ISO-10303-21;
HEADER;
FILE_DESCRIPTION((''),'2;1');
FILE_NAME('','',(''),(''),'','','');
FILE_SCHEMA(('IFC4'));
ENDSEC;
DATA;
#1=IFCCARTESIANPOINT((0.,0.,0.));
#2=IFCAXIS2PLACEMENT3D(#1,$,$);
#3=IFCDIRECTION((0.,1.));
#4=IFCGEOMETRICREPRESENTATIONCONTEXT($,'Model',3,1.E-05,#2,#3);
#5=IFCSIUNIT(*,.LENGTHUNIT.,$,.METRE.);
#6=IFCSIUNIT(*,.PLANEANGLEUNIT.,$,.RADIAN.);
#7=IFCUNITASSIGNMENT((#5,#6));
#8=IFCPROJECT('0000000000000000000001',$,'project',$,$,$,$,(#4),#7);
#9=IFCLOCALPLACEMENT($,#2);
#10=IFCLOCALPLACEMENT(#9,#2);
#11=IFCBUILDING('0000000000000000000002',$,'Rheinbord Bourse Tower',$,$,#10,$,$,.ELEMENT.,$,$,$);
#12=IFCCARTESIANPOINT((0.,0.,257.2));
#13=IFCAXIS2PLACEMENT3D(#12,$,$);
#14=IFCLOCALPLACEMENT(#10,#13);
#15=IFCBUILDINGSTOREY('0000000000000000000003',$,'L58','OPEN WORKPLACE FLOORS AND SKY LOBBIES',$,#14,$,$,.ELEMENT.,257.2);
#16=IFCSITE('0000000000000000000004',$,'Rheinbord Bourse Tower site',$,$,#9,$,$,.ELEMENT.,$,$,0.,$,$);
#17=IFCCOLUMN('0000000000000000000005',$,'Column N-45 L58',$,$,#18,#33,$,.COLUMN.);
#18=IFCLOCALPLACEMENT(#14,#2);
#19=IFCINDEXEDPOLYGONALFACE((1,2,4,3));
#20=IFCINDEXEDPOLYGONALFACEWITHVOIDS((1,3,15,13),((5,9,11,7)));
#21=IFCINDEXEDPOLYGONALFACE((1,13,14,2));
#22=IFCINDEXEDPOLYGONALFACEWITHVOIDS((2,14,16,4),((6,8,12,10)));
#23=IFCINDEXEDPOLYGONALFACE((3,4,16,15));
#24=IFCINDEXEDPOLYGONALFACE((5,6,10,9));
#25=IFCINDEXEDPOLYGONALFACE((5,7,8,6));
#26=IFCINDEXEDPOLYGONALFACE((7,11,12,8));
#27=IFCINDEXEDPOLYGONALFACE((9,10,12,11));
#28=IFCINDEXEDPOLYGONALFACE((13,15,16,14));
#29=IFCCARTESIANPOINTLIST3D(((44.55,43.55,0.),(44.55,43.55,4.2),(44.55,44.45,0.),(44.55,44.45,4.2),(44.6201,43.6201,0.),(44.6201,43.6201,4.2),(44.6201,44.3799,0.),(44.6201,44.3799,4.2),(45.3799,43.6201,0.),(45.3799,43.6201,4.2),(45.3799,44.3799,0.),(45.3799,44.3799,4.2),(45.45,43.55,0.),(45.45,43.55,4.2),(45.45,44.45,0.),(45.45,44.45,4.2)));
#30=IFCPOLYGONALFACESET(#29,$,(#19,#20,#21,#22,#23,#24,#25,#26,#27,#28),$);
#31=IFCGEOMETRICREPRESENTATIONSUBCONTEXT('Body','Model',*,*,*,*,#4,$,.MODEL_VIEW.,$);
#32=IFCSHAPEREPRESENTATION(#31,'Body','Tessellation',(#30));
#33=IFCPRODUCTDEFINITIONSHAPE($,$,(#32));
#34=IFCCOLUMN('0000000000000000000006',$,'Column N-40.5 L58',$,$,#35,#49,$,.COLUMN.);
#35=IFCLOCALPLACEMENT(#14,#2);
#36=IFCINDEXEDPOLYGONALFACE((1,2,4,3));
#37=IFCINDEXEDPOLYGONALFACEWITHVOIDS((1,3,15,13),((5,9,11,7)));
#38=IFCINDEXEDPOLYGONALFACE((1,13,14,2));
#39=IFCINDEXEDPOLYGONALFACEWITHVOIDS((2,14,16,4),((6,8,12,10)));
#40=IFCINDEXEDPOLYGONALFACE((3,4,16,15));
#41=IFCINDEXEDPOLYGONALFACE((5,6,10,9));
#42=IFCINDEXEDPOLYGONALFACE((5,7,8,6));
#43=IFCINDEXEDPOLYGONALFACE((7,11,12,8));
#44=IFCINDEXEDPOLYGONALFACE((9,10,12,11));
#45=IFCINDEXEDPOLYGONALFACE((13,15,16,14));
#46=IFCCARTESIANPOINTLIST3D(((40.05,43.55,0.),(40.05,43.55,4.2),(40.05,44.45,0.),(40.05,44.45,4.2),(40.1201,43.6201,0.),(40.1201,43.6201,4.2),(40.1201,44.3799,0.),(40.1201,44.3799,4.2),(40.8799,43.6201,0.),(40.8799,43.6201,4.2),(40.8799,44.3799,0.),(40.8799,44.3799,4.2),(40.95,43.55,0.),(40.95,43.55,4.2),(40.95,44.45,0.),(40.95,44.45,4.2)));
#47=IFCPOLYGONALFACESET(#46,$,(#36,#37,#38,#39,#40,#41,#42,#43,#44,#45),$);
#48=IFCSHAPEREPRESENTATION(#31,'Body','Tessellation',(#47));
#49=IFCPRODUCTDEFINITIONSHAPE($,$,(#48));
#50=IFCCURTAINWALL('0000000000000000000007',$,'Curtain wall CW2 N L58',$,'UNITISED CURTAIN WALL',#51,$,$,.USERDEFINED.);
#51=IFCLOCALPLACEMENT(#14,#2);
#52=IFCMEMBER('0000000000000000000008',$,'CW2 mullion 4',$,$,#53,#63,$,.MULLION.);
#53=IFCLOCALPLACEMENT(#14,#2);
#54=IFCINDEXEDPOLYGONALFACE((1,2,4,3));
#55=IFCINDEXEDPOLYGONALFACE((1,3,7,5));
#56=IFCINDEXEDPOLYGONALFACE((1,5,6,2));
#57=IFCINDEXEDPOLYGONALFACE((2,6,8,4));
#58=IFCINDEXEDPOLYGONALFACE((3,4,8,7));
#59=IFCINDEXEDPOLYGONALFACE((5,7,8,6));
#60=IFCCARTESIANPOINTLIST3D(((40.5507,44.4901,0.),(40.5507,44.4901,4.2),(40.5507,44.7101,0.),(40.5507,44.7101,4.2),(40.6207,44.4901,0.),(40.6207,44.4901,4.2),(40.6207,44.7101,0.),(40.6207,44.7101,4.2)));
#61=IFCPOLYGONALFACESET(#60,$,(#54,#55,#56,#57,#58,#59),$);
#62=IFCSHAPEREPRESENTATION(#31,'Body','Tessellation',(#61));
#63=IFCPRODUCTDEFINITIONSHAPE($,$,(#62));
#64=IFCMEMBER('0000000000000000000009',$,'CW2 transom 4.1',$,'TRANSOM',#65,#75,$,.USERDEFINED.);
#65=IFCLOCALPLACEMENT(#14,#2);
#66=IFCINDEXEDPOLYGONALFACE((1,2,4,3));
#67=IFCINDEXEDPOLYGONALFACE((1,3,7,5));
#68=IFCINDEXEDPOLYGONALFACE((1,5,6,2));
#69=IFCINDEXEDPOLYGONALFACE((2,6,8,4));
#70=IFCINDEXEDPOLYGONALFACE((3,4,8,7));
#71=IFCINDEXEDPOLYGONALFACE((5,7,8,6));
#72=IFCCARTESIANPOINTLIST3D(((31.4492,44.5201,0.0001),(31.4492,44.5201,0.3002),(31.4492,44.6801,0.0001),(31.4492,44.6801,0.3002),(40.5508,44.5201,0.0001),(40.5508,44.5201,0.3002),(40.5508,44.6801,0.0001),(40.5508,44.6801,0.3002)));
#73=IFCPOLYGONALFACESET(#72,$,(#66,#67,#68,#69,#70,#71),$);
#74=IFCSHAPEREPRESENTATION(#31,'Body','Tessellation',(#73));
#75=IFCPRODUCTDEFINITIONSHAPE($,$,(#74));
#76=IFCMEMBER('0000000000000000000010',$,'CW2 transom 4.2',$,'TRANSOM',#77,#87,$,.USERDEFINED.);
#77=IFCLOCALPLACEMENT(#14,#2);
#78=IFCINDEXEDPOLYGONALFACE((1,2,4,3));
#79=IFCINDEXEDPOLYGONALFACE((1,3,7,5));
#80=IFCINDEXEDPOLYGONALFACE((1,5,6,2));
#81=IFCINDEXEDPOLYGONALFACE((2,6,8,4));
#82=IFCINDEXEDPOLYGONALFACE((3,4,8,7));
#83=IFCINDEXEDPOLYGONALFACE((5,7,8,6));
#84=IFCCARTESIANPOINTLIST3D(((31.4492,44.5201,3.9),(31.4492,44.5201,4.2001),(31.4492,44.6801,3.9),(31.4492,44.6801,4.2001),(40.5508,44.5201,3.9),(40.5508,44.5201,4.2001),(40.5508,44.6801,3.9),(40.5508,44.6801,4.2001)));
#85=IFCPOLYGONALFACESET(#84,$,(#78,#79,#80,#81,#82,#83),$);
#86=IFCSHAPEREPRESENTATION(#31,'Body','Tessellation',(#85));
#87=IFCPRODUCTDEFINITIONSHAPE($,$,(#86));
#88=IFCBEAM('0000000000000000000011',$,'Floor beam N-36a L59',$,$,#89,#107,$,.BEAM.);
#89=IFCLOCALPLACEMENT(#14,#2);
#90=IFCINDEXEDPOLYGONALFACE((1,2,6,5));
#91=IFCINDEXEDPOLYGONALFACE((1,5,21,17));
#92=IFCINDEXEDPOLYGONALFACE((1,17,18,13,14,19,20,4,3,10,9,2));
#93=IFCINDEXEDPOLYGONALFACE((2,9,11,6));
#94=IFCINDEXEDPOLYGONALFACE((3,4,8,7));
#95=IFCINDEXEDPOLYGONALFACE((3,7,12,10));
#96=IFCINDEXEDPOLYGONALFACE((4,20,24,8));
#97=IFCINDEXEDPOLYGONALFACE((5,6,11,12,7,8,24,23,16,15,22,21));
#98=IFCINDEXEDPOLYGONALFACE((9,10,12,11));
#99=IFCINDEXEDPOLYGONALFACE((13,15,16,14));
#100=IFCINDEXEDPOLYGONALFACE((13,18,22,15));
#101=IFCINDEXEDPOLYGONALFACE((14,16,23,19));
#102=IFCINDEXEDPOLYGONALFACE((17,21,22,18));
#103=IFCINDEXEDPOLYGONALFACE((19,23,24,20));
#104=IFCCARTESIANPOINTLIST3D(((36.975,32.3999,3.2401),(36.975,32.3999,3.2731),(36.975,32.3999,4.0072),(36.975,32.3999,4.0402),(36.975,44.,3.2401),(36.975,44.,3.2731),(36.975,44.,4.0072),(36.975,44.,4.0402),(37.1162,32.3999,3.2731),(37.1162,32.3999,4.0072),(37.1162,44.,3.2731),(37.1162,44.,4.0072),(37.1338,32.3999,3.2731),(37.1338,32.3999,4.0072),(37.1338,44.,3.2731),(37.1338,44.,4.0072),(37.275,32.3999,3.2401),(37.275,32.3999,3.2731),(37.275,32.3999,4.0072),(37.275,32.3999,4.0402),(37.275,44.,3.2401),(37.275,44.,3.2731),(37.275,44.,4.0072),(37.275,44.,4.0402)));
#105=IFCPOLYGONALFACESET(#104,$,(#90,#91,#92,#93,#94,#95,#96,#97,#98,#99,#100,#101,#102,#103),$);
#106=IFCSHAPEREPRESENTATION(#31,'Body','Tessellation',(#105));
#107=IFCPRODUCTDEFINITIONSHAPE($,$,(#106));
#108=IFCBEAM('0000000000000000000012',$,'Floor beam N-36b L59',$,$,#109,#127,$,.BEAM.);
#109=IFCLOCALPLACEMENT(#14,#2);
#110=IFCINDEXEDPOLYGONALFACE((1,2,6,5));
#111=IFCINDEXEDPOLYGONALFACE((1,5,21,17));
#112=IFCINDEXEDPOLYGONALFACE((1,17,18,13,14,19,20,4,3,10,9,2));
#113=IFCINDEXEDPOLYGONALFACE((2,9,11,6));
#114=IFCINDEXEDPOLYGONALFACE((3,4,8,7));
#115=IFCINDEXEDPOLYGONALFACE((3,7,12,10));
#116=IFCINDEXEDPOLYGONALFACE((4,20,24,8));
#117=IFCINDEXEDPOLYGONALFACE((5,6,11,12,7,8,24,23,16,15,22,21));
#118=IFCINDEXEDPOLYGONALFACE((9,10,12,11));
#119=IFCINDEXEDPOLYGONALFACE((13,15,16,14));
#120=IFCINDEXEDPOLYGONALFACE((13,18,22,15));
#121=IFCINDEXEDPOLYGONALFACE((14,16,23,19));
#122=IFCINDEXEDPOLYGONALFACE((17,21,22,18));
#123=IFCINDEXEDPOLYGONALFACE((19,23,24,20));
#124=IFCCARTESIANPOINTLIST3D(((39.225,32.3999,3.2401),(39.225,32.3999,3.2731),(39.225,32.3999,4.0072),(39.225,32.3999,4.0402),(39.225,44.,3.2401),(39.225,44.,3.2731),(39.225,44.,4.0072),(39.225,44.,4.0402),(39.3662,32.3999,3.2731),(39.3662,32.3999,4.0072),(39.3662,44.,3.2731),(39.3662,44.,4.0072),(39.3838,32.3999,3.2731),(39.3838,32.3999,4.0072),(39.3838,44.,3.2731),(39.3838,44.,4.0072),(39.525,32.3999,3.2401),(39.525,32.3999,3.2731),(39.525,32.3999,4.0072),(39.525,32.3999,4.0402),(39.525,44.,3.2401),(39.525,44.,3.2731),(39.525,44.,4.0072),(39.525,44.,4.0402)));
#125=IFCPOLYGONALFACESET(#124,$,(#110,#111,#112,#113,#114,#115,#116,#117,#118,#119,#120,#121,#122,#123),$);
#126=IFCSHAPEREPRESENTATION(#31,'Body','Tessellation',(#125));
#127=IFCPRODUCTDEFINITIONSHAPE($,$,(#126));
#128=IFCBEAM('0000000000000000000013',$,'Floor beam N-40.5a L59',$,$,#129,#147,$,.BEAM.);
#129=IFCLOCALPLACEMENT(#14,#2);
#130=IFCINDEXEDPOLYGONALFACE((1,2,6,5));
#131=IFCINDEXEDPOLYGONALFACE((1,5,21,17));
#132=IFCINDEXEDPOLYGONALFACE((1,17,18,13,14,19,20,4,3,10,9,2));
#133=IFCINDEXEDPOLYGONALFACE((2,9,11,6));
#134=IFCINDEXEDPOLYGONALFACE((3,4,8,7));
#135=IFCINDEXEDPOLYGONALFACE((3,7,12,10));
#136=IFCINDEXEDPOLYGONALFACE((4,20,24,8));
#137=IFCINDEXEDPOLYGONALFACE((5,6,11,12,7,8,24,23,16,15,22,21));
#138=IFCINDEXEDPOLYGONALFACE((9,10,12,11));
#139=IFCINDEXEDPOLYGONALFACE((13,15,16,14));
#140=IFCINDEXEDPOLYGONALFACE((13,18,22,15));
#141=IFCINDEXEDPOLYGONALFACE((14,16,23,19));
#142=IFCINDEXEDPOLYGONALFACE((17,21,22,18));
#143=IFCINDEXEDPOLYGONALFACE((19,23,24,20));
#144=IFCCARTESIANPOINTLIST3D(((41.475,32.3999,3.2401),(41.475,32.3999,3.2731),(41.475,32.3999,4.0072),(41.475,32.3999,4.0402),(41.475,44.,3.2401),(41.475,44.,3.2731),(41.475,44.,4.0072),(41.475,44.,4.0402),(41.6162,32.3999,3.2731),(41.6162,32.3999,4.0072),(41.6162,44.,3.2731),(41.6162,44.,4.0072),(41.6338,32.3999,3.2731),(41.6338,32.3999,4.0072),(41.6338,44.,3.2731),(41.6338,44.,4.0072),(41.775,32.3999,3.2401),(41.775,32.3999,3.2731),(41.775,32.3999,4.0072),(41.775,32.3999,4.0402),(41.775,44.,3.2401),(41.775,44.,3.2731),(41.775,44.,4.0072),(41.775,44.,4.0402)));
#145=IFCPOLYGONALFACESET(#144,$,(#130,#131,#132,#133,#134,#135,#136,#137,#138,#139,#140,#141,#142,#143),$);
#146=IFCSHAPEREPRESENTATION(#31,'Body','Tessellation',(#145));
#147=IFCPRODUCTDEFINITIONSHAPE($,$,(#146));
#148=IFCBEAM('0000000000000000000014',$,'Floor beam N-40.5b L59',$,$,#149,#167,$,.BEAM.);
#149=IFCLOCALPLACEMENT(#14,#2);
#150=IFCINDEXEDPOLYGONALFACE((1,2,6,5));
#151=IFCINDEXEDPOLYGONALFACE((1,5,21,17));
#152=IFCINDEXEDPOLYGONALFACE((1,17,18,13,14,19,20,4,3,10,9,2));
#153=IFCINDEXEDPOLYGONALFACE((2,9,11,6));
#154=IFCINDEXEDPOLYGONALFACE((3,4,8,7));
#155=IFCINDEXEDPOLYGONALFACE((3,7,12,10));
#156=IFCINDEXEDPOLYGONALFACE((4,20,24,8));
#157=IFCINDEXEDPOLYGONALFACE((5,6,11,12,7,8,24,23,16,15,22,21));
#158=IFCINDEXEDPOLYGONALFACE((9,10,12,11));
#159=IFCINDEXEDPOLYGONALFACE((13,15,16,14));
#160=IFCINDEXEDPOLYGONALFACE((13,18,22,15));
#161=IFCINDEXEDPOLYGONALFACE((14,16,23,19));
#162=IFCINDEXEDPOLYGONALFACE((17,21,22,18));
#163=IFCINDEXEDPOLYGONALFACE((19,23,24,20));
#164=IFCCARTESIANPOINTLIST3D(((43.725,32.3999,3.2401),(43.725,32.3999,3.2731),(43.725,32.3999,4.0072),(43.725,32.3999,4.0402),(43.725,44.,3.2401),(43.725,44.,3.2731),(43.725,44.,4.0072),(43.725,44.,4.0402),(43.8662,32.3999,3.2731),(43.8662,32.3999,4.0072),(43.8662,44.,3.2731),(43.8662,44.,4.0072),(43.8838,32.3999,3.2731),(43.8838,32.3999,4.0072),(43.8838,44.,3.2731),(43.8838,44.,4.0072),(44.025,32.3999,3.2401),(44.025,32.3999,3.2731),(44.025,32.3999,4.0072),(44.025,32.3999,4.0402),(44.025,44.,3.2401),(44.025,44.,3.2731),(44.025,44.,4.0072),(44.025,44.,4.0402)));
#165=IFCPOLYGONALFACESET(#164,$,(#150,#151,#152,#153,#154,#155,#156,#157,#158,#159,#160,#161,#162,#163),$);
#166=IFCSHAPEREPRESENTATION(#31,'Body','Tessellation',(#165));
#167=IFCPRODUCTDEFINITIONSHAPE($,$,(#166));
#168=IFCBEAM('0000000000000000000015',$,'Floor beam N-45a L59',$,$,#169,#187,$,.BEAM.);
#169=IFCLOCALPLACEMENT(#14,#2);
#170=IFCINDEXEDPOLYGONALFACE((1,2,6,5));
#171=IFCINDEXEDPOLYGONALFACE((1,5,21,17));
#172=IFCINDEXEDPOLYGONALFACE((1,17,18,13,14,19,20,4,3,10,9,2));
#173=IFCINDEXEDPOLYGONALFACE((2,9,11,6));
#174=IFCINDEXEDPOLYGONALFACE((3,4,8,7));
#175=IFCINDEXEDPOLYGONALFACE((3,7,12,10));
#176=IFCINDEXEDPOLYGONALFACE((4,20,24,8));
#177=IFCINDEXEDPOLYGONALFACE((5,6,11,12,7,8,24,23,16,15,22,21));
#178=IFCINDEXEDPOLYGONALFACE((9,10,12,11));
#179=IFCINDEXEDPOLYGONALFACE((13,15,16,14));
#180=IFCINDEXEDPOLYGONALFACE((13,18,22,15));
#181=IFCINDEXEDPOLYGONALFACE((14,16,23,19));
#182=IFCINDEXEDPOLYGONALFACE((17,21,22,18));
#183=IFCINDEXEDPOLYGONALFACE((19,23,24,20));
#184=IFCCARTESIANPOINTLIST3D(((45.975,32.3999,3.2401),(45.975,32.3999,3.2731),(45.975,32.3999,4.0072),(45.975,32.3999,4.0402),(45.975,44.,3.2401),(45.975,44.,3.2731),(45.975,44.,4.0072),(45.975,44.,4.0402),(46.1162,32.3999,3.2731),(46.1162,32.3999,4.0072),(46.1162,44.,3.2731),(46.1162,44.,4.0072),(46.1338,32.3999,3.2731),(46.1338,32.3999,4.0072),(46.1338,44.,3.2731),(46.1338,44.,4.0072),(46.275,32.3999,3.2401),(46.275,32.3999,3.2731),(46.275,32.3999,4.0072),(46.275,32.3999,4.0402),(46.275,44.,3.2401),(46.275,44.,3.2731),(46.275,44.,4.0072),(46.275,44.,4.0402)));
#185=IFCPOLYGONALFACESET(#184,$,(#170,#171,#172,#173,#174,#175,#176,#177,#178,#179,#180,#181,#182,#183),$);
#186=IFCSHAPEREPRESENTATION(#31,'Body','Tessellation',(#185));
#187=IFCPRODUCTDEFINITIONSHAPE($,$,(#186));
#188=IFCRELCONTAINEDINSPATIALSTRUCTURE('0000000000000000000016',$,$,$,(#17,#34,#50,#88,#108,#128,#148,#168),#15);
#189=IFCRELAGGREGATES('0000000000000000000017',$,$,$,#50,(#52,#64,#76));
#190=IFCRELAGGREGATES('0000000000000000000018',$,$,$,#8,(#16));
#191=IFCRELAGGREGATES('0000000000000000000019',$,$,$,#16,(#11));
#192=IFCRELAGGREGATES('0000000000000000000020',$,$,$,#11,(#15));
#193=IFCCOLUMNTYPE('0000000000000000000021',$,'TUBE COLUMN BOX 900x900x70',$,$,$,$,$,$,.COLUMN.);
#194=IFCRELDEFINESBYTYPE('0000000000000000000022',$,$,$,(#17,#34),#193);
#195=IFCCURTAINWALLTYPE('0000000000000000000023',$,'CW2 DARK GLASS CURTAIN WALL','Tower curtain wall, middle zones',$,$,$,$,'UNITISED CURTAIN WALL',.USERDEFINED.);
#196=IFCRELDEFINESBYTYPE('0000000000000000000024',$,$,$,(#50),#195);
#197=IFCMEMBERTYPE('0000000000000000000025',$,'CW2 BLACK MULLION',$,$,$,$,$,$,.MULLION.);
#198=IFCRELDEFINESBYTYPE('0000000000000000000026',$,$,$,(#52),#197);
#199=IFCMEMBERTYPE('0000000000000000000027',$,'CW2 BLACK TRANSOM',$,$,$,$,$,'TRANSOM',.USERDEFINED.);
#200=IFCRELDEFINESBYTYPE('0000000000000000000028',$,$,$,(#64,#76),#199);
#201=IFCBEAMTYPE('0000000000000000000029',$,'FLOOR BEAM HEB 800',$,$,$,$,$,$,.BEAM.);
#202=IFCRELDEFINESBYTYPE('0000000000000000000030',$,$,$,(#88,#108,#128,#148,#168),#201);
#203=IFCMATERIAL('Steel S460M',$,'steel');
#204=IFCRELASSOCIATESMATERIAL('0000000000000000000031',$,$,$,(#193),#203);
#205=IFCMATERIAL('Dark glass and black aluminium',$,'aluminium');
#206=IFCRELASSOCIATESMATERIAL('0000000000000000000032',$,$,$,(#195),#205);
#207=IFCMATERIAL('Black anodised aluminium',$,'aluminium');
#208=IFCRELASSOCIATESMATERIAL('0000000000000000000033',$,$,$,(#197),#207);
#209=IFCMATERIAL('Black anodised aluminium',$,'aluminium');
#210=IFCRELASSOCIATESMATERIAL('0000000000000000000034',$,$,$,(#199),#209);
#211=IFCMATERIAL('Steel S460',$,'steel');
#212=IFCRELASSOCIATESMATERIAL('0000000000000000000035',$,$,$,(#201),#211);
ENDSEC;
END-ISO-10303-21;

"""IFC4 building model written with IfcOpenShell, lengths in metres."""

from ifc_helpers import new_model, si_unit, direction, frame, origin, origin_2d, place, context, subcontext, project, spatial, rectangle, hollow_rectangle, i_section, extrude, material, material_profile, profile_set, type_object, element, aggregate, save


model = new_model("IFC4")

# Units and contexts
model_context = context("Model", 3, precision=1e-05, world=origin(), true_north=direction((0.0, 1.0)))
body_context = subcontext(model_context, "Body", "Model", "MODEL_VIEW")
ifc_project = project(units=[si_unit("LENGTHUNIT", "METRE"), si_unit("PLANEANGLEUNIT", "RADIAN")], contexts=[model_context])

# Site, building, storey
site_placement = place(None, origin())
site = spatial("IfcSite", under=ifc_project, at=site_placement, Name="Rheinbord Bourse Tower site", CompositionType="ELEMENT", RefElevation=0.0)
building_placement = place(site_placement, origin())
building = spatial("IfcBuilding", under=site, at=building_placement, Name="Rheinbord Bourse Tower", CompositionType="ELEMENT")
storey_placement = place(building_placement, frame((0.0, 0.0, 257.2)))
storey = spatial("IfcBuildingStorey", under=building, at=storey_placement, Name="L58", Description="OPEN WORKPLACE FLOORS AND SKY LOBBIES", CompositionType="ELEMENT", Elevation=257.2)

# Columns
ifc_material_1 = material(Name="Steel S460M", Category="steel")
ifc_material_profile_1 = material_profile(ifc_material_1, hollow_rectangle(XDim=0.8999, YDim=0.8999, WallThickness=0.0701, at=origin_2d()), Name="BOX 900x900x70")
ifc_profile_set_1 = profile_set([ifc_material_profile_1], Name="Steel S460M")
column_type = type_object("IfcColumnType", Name="TUBE COLUMN BOX 900x900x70", PredefinedType="COLUMN", material=ifc_profile_set_1)
for number, where, z_axis, x_axis, name in (
    (1, (45.0, 44.0, 0.0), (0.0, 0.0, 1.0), (0.0, 1.0, 0.0), "Column N-45 L58"),
    (2, (40.5, 44.0, 0.0), (0.0, 0.0, 1.0), (0.0, 1.0, 0.0), "Column N-40.5 L58"),
):
    element("IfcColumn", number, at=place(storey_placement, frame(where, z_axis=z_axis, x_axis=x_axis)), inside=storey, type_object=column_type, Name=name, PredefinedType="COLUMN", context=body_context, shape_type="SweptSolid", body=[
        extrude(hollow_rectangle(XDim=0.8999, YDim=0.8999, WallThickness=0.0701, at=origin_2d()), origin(), (0.0, 0.0, 1.0), 4.2),
    ])

# Curtain wall, members
ifc_material_2 = material(Name="Dark glass and black aluminium", Category="aluminium")
curtain_wall_type = type_object("IfcCurtainWallType", Name="CW2 DARK GLASS CURTAIN WALL", Description="Tower curtain wall, middle zones", ElementType="UNITISED CURTAIN WALL", PredefinedType="USERDEFINED", material=ifc_material_2)
curtain_wall_placement = place(storey_placement, origin())
curtain_wall = element("IfcCurtainWall", 3, at=curtain_wall_placement, inside=storey, type_object=curtain_wall_type, Name="Curtain wall CW2 N L58", ObjectType="UNITISED CURTAIN WALL", PredefinedType="USERDEFINED")
ifc_material_3 = material(Name="Black anodised aluminium", Category="aluminium")
ifc_material_profile_2 = material_profile(ifc_material_3, rectangle(XDim=0.22, YDim=0.0701, at=origin_2d()), Name="CW2 MULLION 70x220")
ifc_profile_set_2 = profile_set([ifc_material_profile_2], Name="Black anodised aluminium")
member_type_1 = type_object("IfcMemberType", Name="CW2 BLACK MULLION", PredefinedType="MULLION", material=ifc_profile_set_2)
member_1_placement = place(storey_placement, frame((40.5857, 44.6001, 0.0), z_axis=(0.0, 0.0, 1.0), x_axis=(0.0, -1.0, 0.0)))
member_1 = element("IfcMember", 4, at=member_1_placement, type_object=member_type_1, Name="CW2 mullion 4", PredefinedType="MULLION", context=body_context, shape_type="SweptSolid", body=[
    extrude(rectangle(XDim=0.22, YDim=0.0701, at=origin_2d()), origin(), (0.0, 0.0, 1.0), 4.2),
])
ifc_material_4 = material(Name="Black anodised aluminium", Category="aluminium")
ifc_material_profile_3 = material_profile(ifc_material_4, rectangle(XDim=0.1599, YDim=0.3, at=origin_2d()), Name="CW2 TRANSOM 300x160")
ifc_profile_set_3 = profile_set([ifc_material_profile_3], Name="Black anodised aluminium")
member_type_2 = type_object("IfcMemberType", Name="CW2 BLACK TRANSOM", ElementType="TRANSOM", PredefinedType="USERDEFINED", material=ifc_profile_set_3)
member_2_placement = place(storey_placement, frame((40.5508, 44.6001, 0.1501), z_axis=(-1.0, 0.0, 0.0), x_axis=(0.0, -1.0, 0.0)))
member_2 = element("IfcMember", 5, at=member_2_placement, type_object=member_type_2, Name="CW2 transom 4.1", ObjectType="TRANSOM", PredefinedType="USERDEFINED", context=body_context, shape_type="SweptSolid", body=[
    extrude(rectangle(XDim=0.1599, YDim=0.3, at=origin_2d()), origin(), (0.0, 0.0, 1.0), 9.1016),
])
member_3_placement = place(storey_placement, frame((40.5508, 44.6001, 4.05), z_axis=(-1.0, 0.0, 0.0), x_axis=(0.0, -1.0, 0.0)))
member_3 = element("IfcMember", 6, at=member_3_placement, type_object=member_type_2, Name="CW2 transom 4.2", ObjectType="TRANSOM", PredefinedType="USERDEFINED", context=body_context, shape_type="SweptSolid", body=[
    extrude(rectangle(XDim=0.1599, YDim=0.3, at=origin_2d()), origin(), (0.0, 0.0, 1.0), 9.1016),
])

# Beams
ifc_material_5 = material(Name="Steel S460", Category="steel")
ifc_material_profile_4 = material_profile(ifc_material_5, i_section(OverallWidth=0.3, OverallDepth=0.8, WebThickness=0.0176, FlangeThickness=0.033, at=origin_2d()), Name="HEB 800")
ifc_profile_set_4 = profile_set([ifc_material_profile_4], Name="Steel S460")
beam_type_1 = type_object("IfcBeamType", Name="FLOOR BEAM HEB 800", PredefinedType="BEAM", material=ifc_profile_set_4)
for number, where, z_axis, x_axis, name in (
    (7, (37.125, 44.0, 3.6401), (0.0, -1.0, 0.0), (1.0, 0.0, 0.0), "Floor beam N-36a L59"),
    (8, (39.375, 44.0, 3.6401), (0.0, -1.0, 0.0), (1.0, 0.0, 0.0), "Floor beam N-36b L59"),
    (9, (41.625, 44.0, 3.6401), (0.0, -1.0, 0.0), (1.0, 0.0, 0.0), "Floor beam N-40.5a L59"),
    (10, (43.875, 44.0, 3.6401), (0.0, -1.0, 0.0), (1.0, 0.0, 0.0), "Floor beam N-40.5b L59"),
    (11, (46.125, 44.0, 3.6401), (0.0, -1.0, 0.0), (1.0, 0.0, 0.0), "Floor beam N-45a L59"),
):
    element("IfcBeam", number, at=place(storey_placement, frame(where, z_axis=z_axis, x_axis=x_axis)), inside=storey, type_object=beam_type_1, Name=name, PredefinedType="BEAM", context=body_context, shape_type="SweptSolid", body=[
        extrude(i_section(OverallWidth=0.3, OverallDepth=0.8, WebThickness=0.0176, FlangeThickness=0.033, at=origin_2d()), origin(), (0.0, 0.0, 1.0), 11.6001),
    ])

aggregate(curtain_wall, [member_1, member_2, member_3])

save(model, "model.ifc")
